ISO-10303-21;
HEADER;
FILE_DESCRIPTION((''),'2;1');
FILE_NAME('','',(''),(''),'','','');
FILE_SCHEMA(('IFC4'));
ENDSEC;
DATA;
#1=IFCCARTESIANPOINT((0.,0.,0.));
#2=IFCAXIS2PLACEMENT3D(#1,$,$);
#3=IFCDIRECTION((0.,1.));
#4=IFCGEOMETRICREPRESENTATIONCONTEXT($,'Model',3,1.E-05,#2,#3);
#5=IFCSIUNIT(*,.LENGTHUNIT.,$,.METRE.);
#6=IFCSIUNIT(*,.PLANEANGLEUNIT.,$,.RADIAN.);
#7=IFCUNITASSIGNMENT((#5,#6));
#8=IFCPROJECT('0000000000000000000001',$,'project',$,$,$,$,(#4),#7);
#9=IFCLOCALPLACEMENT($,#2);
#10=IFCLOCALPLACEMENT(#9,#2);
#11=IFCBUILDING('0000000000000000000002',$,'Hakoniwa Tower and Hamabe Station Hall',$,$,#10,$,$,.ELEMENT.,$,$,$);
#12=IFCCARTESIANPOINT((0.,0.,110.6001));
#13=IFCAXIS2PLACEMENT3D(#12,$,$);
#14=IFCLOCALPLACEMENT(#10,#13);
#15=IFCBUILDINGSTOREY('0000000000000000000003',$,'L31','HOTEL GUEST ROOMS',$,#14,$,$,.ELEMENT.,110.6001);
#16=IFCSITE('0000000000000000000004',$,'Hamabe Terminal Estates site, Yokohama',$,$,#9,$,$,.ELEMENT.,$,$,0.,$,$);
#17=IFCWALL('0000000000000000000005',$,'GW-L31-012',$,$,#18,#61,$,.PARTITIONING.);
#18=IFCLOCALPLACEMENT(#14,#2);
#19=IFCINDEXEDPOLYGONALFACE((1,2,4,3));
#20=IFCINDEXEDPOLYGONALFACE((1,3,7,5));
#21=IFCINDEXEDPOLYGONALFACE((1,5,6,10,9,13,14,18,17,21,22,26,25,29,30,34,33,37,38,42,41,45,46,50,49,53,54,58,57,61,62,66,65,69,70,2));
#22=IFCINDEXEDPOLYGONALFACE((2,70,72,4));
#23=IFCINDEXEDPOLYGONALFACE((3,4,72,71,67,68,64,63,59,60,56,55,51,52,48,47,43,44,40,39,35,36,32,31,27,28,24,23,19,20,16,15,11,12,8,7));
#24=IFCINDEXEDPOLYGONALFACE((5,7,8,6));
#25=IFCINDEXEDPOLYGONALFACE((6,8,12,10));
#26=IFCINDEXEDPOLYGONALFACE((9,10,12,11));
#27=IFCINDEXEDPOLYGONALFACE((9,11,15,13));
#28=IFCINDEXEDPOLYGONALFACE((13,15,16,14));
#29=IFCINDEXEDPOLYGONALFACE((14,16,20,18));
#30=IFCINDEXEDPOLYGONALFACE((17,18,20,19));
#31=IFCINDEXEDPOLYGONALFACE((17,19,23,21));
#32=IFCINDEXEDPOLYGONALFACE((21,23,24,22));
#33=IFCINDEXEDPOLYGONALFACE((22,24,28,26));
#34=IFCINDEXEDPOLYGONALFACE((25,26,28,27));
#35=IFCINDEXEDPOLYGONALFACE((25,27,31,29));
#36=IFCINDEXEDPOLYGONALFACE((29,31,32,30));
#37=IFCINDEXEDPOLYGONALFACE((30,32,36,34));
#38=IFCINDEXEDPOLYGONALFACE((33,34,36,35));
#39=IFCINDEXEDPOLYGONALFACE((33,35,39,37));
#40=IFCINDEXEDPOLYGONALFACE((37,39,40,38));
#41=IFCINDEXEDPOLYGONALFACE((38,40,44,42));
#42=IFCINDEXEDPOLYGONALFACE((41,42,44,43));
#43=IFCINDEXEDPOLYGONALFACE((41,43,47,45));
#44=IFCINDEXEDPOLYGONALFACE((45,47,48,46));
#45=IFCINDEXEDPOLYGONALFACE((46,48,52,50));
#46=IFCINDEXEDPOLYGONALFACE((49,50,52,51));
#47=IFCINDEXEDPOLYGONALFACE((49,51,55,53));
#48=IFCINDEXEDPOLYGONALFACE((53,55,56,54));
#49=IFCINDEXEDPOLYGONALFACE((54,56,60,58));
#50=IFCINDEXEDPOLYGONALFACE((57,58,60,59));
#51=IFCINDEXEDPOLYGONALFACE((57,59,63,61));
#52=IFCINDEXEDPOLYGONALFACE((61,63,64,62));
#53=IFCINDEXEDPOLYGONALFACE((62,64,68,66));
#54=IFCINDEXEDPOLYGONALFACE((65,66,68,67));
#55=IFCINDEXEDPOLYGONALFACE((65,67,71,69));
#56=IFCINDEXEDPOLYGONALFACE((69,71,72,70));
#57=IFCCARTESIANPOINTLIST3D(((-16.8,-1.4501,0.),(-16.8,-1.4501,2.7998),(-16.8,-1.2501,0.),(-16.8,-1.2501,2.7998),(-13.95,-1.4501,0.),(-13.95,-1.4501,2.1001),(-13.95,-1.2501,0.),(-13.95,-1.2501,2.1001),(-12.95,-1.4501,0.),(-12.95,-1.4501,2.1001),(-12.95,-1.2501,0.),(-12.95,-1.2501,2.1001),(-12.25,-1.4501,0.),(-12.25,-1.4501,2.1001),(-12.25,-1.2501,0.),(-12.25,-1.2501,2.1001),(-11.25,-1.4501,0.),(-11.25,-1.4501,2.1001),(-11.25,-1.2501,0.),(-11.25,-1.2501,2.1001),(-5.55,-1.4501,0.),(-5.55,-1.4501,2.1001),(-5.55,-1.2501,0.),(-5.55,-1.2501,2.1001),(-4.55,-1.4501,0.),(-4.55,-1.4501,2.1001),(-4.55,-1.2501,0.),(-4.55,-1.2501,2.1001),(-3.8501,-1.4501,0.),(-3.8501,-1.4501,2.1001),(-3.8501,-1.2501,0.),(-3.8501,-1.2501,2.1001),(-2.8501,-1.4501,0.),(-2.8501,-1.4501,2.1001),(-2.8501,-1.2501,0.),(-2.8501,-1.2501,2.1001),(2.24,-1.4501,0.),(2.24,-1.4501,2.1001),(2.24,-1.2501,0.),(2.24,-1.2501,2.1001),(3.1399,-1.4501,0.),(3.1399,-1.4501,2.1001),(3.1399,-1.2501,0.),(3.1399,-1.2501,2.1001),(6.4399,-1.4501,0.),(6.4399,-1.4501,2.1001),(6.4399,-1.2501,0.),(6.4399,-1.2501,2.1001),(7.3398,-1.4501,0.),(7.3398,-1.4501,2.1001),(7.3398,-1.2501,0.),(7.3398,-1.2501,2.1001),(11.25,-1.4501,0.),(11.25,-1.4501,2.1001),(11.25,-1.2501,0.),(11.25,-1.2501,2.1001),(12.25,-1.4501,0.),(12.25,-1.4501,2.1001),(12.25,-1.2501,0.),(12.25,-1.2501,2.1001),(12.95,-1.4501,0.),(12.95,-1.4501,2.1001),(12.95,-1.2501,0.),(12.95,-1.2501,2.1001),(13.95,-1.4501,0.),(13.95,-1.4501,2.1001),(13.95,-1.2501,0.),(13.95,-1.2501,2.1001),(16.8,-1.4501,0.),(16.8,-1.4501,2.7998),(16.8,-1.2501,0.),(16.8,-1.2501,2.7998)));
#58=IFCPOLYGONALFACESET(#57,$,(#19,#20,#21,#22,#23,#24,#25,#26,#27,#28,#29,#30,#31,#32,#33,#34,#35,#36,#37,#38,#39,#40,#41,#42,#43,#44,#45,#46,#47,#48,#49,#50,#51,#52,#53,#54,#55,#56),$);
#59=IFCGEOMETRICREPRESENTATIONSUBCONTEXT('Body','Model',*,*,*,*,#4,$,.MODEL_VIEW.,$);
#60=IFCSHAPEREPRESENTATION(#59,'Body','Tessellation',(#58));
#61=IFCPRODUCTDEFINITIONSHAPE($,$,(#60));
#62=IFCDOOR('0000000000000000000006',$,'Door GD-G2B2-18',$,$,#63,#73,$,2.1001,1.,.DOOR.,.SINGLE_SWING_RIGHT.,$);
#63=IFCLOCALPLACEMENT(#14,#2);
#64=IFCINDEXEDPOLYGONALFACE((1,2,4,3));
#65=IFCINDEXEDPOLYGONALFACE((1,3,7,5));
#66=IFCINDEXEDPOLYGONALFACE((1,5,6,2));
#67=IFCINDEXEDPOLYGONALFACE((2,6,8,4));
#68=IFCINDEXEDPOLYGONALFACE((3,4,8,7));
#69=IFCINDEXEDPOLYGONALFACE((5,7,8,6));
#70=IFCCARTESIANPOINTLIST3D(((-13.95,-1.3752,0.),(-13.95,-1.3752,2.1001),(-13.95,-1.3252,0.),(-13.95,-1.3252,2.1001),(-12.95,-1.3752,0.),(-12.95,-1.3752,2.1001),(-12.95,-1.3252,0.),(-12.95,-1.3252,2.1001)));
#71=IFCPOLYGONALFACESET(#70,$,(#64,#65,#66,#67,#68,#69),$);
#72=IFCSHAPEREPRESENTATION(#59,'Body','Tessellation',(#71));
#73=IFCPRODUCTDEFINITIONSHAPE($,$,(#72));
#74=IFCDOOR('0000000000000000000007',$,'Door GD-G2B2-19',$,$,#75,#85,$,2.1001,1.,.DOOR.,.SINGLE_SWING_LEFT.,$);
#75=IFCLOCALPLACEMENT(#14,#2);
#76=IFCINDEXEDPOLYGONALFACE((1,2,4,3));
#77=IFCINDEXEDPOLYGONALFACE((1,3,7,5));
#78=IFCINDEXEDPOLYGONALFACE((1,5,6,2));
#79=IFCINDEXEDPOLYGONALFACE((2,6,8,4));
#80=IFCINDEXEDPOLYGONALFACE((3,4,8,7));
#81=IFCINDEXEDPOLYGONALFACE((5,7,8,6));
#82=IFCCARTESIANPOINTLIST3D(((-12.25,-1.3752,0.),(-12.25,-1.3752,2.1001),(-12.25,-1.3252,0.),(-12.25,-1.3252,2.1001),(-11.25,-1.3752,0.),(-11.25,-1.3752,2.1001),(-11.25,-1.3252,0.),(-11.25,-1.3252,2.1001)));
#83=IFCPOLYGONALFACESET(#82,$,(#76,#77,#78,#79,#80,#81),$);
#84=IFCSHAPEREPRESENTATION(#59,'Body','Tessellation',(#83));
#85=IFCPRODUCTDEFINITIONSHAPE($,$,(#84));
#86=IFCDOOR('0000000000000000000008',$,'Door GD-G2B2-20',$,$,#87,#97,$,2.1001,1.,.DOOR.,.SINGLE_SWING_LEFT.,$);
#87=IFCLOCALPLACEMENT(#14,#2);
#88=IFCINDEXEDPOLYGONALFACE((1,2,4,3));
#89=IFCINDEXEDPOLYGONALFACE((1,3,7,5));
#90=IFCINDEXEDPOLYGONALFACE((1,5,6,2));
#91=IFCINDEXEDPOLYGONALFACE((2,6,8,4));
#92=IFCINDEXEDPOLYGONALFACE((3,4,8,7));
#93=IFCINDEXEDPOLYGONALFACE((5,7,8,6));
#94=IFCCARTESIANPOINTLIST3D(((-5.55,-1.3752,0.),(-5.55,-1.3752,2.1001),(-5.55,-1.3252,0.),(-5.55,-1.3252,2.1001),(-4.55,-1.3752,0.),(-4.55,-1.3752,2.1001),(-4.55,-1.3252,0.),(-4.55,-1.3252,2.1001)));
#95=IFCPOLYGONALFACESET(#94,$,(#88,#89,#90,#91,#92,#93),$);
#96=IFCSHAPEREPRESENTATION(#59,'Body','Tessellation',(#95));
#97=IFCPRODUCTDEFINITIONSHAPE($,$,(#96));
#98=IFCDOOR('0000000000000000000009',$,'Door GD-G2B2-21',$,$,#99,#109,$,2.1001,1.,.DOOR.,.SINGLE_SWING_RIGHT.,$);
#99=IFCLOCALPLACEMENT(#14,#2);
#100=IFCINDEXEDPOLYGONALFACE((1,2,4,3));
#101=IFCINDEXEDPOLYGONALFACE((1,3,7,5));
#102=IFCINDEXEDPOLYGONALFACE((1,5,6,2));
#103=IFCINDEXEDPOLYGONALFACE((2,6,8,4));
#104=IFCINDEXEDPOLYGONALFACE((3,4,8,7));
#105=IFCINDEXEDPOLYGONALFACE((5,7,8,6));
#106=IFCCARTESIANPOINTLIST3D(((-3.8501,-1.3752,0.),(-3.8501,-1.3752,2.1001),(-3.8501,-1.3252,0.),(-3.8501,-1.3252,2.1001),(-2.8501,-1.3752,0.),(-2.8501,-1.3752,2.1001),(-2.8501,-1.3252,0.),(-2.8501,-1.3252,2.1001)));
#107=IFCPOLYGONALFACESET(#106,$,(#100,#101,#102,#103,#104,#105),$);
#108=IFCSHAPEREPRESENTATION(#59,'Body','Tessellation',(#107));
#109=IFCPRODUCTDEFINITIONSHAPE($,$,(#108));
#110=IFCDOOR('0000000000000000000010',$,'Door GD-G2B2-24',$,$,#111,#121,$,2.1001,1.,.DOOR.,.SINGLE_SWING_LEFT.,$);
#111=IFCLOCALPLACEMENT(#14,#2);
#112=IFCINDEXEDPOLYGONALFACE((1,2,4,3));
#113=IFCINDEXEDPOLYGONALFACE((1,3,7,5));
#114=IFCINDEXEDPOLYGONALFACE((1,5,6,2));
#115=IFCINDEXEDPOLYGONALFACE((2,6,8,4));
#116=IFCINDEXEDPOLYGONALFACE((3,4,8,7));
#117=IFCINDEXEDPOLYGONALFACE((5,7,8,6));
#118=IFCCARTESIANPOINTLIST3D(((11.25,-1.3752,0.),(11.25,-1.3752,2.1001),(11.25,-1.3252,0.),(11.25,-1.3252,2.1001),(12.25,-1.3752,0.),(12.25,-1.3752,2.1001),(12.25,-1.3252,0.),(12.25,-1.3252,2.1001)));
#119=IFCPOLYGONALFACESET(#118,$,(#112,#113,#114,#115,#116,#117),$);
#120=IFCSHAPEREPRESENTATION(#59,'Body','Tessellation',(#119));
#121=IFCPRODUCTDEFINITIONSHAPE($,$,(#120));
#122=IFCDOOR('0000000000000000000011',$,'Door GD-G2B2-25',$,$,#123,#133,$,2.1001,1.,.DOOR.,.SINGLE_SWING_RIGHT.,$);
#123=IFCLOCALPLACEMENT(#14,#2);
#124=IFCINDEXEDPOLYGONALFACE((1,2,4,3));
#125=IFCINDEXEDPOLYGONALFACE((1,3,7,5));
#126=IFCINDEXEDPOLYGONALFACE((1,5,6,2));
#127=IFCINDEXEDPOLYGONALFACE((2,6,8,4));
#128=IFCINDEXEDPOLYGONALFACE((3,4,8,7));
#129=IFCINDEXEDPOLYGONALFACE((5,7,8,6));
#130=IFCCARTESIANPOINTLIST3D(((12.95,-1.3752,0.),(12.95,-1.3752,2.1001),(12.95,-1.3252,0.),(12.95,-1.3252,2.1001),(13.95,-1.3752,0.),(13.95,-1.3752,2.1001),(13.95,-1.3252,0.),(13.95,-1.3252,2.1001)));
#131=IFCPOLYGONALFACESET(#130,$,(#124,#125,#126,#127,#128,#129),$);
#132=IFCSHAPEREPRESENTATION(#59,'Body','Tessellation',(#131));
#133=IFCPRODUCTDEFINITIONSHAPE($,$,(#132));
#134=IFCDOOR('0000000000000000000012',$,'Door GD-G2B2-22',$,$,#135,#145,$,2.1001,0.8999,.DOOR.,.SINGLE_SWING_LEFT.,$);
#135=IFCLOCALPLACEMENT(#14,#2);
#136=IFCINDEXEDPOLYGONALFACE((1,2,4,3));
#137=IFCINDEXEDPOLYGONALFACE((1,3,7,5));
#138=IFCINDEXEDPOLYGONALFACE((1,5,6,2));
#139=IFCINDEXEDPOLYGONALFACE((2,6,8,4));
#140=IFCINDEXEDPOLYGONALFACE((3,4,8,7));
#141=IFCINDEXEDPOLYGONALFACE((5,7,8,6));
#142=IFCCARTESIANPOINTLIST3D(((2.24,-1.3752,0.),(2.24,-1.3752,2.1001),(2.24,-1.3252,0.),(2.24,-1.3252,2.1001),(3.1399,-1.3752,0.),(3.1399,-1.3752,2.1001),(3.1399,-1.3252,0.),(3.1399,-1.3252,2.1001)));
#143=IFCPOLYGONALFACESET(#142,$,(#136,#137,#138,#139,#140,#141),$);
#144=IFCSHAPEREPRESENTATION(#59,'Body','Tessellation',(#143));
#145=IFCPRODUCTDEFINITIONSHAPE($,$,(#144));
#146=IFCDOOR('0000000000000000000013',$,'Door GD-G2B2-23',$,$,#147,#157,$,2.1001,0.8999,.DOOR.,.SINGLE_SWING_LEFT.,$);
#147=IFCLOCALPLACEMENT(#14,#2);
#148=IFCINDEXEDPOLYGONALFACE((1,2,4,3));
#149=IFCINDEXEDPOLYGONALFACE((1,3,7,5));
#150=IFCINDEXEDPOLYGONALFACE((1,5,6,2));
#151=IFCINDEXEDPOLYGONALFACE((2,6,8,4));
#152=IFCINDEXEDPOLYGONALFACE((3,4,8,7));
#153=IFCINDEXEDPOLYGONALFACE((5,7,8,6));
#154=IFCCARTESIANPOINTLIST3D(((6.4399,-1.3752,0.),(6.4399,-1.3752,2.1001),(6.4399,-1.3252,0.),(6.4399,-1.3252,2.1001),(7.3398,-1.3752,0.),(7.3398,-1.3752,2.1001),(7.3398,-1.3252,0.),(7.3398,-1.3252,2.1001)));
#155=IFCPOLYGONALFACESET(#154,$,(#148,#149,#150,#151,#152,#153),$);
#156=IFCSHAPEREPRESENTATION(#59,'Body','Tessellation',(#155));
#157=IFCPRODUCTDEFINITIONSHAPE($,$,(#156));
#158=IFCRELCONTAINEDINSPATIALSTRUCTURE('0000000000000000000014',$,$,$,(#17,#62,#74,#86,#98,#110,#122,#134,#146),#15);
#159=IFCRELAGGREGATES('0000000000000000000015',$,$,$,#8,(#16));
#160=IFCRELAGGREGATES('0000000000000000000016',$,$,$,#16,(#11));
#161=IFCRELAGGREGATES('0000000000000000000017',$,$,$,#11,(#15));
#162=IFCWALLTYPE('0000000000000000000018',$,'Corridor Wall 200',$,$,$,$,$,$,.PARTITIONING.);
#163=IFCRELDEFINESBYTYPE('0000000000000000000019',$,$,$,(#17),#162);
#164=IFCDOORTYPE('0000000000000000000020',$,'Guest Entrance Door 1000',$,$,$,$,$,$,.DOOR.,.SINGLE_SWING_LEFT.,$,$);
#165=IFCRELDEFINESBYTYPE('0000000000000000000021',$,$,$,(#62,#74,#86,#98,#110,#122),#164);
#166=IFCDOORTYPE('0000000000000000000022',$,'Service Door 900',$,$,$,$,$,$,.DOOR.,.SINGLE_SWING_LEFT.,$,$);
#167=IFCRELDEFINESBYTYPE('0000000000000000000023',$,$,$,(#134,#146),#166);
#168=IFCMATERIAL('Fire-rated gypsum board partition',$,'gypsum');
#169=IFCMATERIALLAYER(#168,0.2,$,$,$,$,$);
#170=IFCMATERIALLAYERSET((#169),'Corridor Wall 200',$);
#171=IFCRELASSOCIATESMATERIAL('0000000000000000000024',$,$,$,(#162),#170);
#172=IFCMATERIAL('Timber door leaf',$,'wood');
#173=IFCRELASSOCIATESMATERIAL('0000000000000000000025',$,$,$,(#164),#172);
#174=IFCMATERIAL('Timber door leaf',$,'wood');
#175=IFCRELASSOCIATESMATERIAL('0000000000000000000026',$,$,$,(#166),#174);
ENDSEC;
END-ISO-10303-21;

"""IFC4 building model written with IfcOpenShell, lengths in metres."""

from ifc_helpers import new_model, si_unit, direction, frame, frame_2d, origin, place, context, subcontext, project, spatial, rectangle, extrude, material, layer, layer_set, type_object, element, fill, save


model = new_model("IFC4")

# Units and contexts
model_context = context("Model", 3, precision=1e-05, world=origin(), true_north=direction((0.0, 1.0)))
body_context = subcontext(model_context, "Body", "Model", "MODEL_VIEW")
ifc_project = project(units=[si_unit("LENGTHUNIT", "METRE"), si_unit("PLANEANGLEUNIT", "RADIAN")], contexts=[model_context])

# Site, building, storey
site_placement = place(None, origin())
site = spatial("IfcSite", under=ifc_project, at=site_placement, Name="Hamabe Terminal Estates site, Yokohama", CompositionType="ELEMENT", RefElevation=0.0)
building_placement = place(site_placement, origin())
building = spatial("IfcBuilding", under=site, at=building_placement, Name="Hakoniwa Tower and Hamabe Station Hall", CompositionType="ELEMENT")
storey_placement = place(building_placement, frame((0.0, 0.0, 110.6001)))
storey = spatial("IfcBuildingStorey", under=building, at=storey_placement, Name="L31", Description="HOTEL GUEST ROOMS", CompositionType="ELEMENT", Elevation=110.6001)

# Wall, openings, doors
ifc_material_1 = material(Name="Fire-rated gypsum board partition", Category="gypsum")
ifc_layer_1 = layer(ifc_material_1, 0.2)
ifc_layer_set_1 = layer_set([ifc_layer_1], Name="Corridor Wall 200")
wall_type_1 = type_object("IfcWallType", Name="Corridor Wall 200", PredefinedType="PARTITIONING", material=ifc_layer_set_1)
wall_1_placement = place(storey_placement, frame((-16.8, -1.3501, 0.0), z_axis=(0.0, 0.0, 1.0), x_axis=(1.0, 0.0, 0.0)))
wall_1 = element("IfcWall", 1, at=wall_1_placement, inside=storey, type_object=wall_type_1, Name="GW-L31-012", PredefinedType="PARTITIONING", context=body_context, shape_type="SweptSolid", body=[
    extrude(rectangle(XDim=33.6001, YDim=0.2, at=frame_2d((16.8, 0.0))), origin(), (0.0, 0.0, 1.0), 2.7998),
])
opening_1_placement = place(wall_1_placement, frame((2.8501, 0.0, 0.0)))
opening_1 = element("IfcOpeningElement", 2, at=opening_1_placement, cuts=wall_1, PredefinedType="OPENING", context=body_context, shape_type="SweptSolid", body=[
    extrude(rectangle(XDim=1.0, YDim=2.1001, at=frame_2d((0.5, 1.05))), frame((0.0, 0.1099, 0.0), z_axis=(0.0, -1.0, 0.0), x_axis=(1.0, 0.0, 0.0)), (0.0, 0.0, 1.0), 0.22),
])
opening_2_placement = place(wall_1_placement, frame((4.55, 0.0, 0.0)))
opening_2 = element("IfcOpeningElement", 3, at=opening_2_placement, cuts=wall_1, PredefinedType="OPENING", context=body_context, shape_type="SweptSolid", body=[
    extrude(rectangle(XDim=1.0, YDim=2.1001, at=frame_2d((0.5, 1.05))), frame((0.0, 0.1099, 0.0), z_axis=(0.0, -1.0, 0.0), x_axis=(1.0, 0.0, 0.0)), (0.0, 0.0, 1.0), 0.22),
])
opening_3_placement = place(wall_1_placement, frame((11.25, 0.0, 0.0)))
opening_3 = element("IfcOpeningElement", 4, at=opening_3_placement, cuts=wall_1, PredefinedType="OPENING", context=body_context, shape_type="SweptSolid", body=[
    extrude(rectangle(XDim=1.0, YDim=2.1001, at=frame_2d((0.5, 1.05))), frame((0.0, 0.1099, 0.0), z_axis=(0.0, -1.0, 0.0), x_axis=(1.0, 0.0, 0.0)), (0.0, 0.0, 1.0), 0.22),
])
opening_4_placement = place(wall_1_placement, frame((12.95, 0.0, 0.0)))
opening_4 = element("IfcOpeningElement", 5, at=opening_4_placement, cuts=wall_1, PredefinedType="OPENING", context=body_context, shape_type="SweptSolid", body=[
    extrude(rectangle(XDim=1.0, YDim=2.1001, at=frame_2d((0.5, 1.05))), frame((0.0, 0.1099, 0.0), z_axis=(0.0, -1.0, 0.0), x_axis=(1.0, 0.0, 0.0)), (0.0, 0.0, 1.0), 0.22),
])
opening_5_placement = place(wall_1_placement, frame((19.04, 0.0, 0.0)))
opening_5 = element("IfcOpeningElement", 6, at=opening_5_placement, cuts=wall_1, PredefinedType="OPENING", context=body_context, shape_type="SweptSolid", body=[
    extrude(rectangle(XDim=0.8999, YDim=2.1001, at=frame_2d((0.45, 1.05))), frame((0.0, 0.1099, 0.0), z_axis=(0.0, -1.0, 0.0), x_axis=(1.0, 0.0, 0.0)), (0.0, 0.0, 1.0), 0.22),
])
opening_6_placement = place(wall_1_placement, frame((23.24, 0.0, 0.0)))
opening_6 = element("IfcOpeningElement", 7, at=opening_6_placement, cuts=wall_1, PredefinedType="OPENING", context=body_context, shape_type="SweptSolid", body=[
    extrude(rectangle(XDim=0.8999, YDim=2.1001, at=frame_2d((0.45, 1.05))), frame((0.0, 0.1099, 0.0), z_axis=(0.0, -1.0, 0.0), x_axis=(1.0, 0.0, 0.0)), (0.0, 0.0, 1.0), 0.22),
])
opening_7_placement = place(wall_1_placement, frame((28.05, 0.0, 0.0)))
opening_7 = element("IfcOpeningElement", 8, at=opening_7_placement, cuts=wall_1, PredefinedType="OPENING", context=body_context, shape_type="SweptSolid", body=[
    extrude(rectangle(XDim=1.0, YDim=2.1001, at=frame_2d((0.5, 1.05))), frame((0.0, 0.1099, 0.0), z_axis=(0.0, -1.0, 0.0), x_axis=(1.0, 0.0, 0.0)), (0.0, 0.0, 1.0), 0.22),
])
opening_8_placement = place(wall_1_placement, frame((29.75, 0.0, 0.0)))
opening_8 = element("IfcOpeningElement", 9, at=opening_8_placement, cuts=wall_1, PredefinedType="OPENING", context=body_context, shape_type="SweptSolid", body=[
    extrude(rectangle(XDim=1.0, YDim=2.1001, at=frame_2d((0.5, 1.05))), frame((0.0, 0.1099, 0.0), z_axis=(0.0, -1.0, 0.0), x_axis=(1.0, 0.0, 0.0)), (0.0, 0.0, 1.0), 0.22),
])
ifc_material_2 = material(Name="Timber door leaf", Category="wood")
door_type_1 = type_object("IfcDoorType", Name="Guest Entrance Door 1000", OperationType="SINGLE_SWING_LEFT", PredefinedType="DOOR", material=ifc_material_2)
door_1_placement = place(opening_1_placement, origin())
door_1 = element("IfcDoor", 10, at=door_1_placement, inside=storey, type_object=door_type_1, Name="Door GD-G2B2-18", OperationType="SINGLE_SWING_RIGHT", OverallHeight=2.1001, OverallWidth=1.0, PredefinedType="DOOR", context=body_context, shape_type="SweptSolid", body=[
    extrude(rectangle(XDim=1.0, YDim=2.1001, at=frame_2d((0.5, 1.05))), frame((0.0, 0.0249, 0.0), z_axis=(0.0, -1.0, 0.0), x_axis=(1.0, 0.0, 0.0)), (0.0, 0.0, 1.0), 0.05),
])
fill(opening_1, door_1)
door_2_placement = place(opening_2_placement, origin())
door_2 = element("IfcDoor", 11, at=door_2_placement, inside=storey, type_object=door_type_1, Name="Door GD-G2B2-19", OperationType="SINGLE_SWING_LEFT", OverallHeight=2.1001, OverallWidth=1.0, PredefinedType="DOOR", context=body_context, shape_type="SweptSolid", body=[
    extrude(rectangle(XDim=1.0, YDim=2.1001, at=frame_2d((0.5, 1.05))), frame((0.0, 0.0249, 0.0), z_axis=(0.0, -1.0, 0.0), x_axis=(1.0, 0.0, 0.0)), (0.0, 0.0, 1.0), 0.05),
])
fill(opening_2, door_2)
door_3_placement = place(opening_3_placement, origin())
door_3 = element("IfcDoor", 12, at=door_3_placement, inside=storey, type_object=door_type_1, Name="Door GD-G2B2-20", OperationType="SINGLE_SWING_LEFT", OverallHeight=2.1001, OverallWidth=1.0, PredefinedType="DOOR", context=body_context, shape_type="SweptSolid", body=[
    extrude(rectangle(XDim=1.0, YDim=2.1001, at=frame_2d((0.5, 1.05))), frame((0.0, 0.0249, 0.0), z_axis=(0.0, -1.0, 0.0), x_axis=(1.0, 0.0, 0.0)), (0.0, 0.0, 1.0), 0.05),
])
fill(opening_3, door_3)
door_4_placement = place(opening_4_placement, origin())
door_4 = element("IfcDoor", 13, at=door_4_placement, inside=storey, type_object=door_type_1, Name="Door GD-G2B2-21", OperationType="SINGLE_SWING_RIGHT", OverallHeight=2.1001, OverallWidth=1.0, PredefinedType="DOOR", context=body_context, shape_type="SweptSolid", body=[
    extrude(rectangle(XDim=1.0, YDim=2.1001, at=frame_2d((0.5, 1.05))), frame((0.0, 0.0249, 0.0), z_axis=(0.0, -1.0, 0.0), x_axis=(1.0, 0.0, 0.0)), (0.0, 0.0, 1.0), 0.05),
])
fill(opening_4, door_4)
door_5_placement = place(opening_7_placement, origin())
door_5 = element("IfcDoor", 14, at=door_5_placement, inside=storey, type_object=door_type_1, Name="Door GD-G2B2-24", OperationType="SINGLE_SWING_LEFT", OverallHeight=2.1001, OverallWidth=1.0, PredefinedType="DOOR", context=body_context, shape_type="SweptSolid", body=[
    extrude(rectangle(XDim=1.0, YDim=2.1001, at=frame_2d((0.5, 1.05))), frame((0.0, 0.0249, 0.0), z_axis=(0.0, -1.0, 0.0), x_axis=(1.0, 0.0, 0.0)), (0.0, 0.0, 1.0), 0.05),
])
fill(opening_7, door_5)
door_6_placement = place(opening_8_placement, origin())
door_6 = element("IfcDoor", 15, at=door_6_placement, inside=storey, type_object=door_type_1, Name="Door GD-G2B2-25", OperationType="SINGLE_SWING_RIGHT", OverallHeight=2.1001, OverallWidth=1.0, PredefinedType="DOOR", context=body_context, shape_type="SweptSolid", body=[
    extrude(rectangle(XDim=1.0, YDim=2.1001, at=frame_2d((0.5, 1.05))), frame((0.0, 0.0249, 0.0), z_axis=(0.0, -1.0, 0.0), x_axis=(1.0, 0.0, 0.0)), (0.0, 0.0, 1.0), 0.05),
])
fill(opening_8, door_6)
ifc_material_3 = material(Name="Timber door leaf", Category="wood")
door_type_2 = type_object("IfcDoorType", Name="Service Door 900", OperationType="SINGLE_SWING_LEFT", PredefinedType="DOOR", material=ifc_material_3)
door_7_placement = place(opening_5_placement, origin())
door_7 = element("IfcDoor", 16, at=door_7_placement, inside=storey, type_object=door_type_2, Name="Door GD-G2B2-22", OperationType="SINGLE_SWING_LEFT", OverallHeight=2.1001, OverallWidth=0.8999, PredefinedType="DOOR", context=body_context, shape_type="SweptSolid", body=[
    extrude(rectangle(XDim=0.8999, YDim=2.1001, at=frame_2d((0.45, 1.05))), frame((0.0, 0.0249, 0.0), z_axis=(0.0, -1.0, 0.0), x_axis=(1.0, 0.0, 0.0)), (0.0, 0.0, 1.0), 0.05),
])
fill(opening_5, door_7)
door_8_placement = place(opening_6_placement, origin())
door_8 = element("IfcDoor", 17, at=door_8_placement, inside=storey, type_object=door_type_2, Name="Door GD-G2B2-23", OperationType="SINGLE_SWING_LEFT", OverallHeight=2.1001, OverallWidth=0.8999, PredefinedType="DOOR", context=body_context, shape_type="SweptSolid", body=[
    extrude(rectangle(XDim=0.8999, YDim=2.1001, at=frame_2d((0.45, 1.05))), frame((0.0, 0.0249, 0.0), z_axis=(0.0, -1.0, 0.0), x_axis=(1.0, 0.0, 0.0)), (0.0, 0.0, 1.0), 0.05),
])
fill(opening_6, door_8)

save(model, "model.ifc")
